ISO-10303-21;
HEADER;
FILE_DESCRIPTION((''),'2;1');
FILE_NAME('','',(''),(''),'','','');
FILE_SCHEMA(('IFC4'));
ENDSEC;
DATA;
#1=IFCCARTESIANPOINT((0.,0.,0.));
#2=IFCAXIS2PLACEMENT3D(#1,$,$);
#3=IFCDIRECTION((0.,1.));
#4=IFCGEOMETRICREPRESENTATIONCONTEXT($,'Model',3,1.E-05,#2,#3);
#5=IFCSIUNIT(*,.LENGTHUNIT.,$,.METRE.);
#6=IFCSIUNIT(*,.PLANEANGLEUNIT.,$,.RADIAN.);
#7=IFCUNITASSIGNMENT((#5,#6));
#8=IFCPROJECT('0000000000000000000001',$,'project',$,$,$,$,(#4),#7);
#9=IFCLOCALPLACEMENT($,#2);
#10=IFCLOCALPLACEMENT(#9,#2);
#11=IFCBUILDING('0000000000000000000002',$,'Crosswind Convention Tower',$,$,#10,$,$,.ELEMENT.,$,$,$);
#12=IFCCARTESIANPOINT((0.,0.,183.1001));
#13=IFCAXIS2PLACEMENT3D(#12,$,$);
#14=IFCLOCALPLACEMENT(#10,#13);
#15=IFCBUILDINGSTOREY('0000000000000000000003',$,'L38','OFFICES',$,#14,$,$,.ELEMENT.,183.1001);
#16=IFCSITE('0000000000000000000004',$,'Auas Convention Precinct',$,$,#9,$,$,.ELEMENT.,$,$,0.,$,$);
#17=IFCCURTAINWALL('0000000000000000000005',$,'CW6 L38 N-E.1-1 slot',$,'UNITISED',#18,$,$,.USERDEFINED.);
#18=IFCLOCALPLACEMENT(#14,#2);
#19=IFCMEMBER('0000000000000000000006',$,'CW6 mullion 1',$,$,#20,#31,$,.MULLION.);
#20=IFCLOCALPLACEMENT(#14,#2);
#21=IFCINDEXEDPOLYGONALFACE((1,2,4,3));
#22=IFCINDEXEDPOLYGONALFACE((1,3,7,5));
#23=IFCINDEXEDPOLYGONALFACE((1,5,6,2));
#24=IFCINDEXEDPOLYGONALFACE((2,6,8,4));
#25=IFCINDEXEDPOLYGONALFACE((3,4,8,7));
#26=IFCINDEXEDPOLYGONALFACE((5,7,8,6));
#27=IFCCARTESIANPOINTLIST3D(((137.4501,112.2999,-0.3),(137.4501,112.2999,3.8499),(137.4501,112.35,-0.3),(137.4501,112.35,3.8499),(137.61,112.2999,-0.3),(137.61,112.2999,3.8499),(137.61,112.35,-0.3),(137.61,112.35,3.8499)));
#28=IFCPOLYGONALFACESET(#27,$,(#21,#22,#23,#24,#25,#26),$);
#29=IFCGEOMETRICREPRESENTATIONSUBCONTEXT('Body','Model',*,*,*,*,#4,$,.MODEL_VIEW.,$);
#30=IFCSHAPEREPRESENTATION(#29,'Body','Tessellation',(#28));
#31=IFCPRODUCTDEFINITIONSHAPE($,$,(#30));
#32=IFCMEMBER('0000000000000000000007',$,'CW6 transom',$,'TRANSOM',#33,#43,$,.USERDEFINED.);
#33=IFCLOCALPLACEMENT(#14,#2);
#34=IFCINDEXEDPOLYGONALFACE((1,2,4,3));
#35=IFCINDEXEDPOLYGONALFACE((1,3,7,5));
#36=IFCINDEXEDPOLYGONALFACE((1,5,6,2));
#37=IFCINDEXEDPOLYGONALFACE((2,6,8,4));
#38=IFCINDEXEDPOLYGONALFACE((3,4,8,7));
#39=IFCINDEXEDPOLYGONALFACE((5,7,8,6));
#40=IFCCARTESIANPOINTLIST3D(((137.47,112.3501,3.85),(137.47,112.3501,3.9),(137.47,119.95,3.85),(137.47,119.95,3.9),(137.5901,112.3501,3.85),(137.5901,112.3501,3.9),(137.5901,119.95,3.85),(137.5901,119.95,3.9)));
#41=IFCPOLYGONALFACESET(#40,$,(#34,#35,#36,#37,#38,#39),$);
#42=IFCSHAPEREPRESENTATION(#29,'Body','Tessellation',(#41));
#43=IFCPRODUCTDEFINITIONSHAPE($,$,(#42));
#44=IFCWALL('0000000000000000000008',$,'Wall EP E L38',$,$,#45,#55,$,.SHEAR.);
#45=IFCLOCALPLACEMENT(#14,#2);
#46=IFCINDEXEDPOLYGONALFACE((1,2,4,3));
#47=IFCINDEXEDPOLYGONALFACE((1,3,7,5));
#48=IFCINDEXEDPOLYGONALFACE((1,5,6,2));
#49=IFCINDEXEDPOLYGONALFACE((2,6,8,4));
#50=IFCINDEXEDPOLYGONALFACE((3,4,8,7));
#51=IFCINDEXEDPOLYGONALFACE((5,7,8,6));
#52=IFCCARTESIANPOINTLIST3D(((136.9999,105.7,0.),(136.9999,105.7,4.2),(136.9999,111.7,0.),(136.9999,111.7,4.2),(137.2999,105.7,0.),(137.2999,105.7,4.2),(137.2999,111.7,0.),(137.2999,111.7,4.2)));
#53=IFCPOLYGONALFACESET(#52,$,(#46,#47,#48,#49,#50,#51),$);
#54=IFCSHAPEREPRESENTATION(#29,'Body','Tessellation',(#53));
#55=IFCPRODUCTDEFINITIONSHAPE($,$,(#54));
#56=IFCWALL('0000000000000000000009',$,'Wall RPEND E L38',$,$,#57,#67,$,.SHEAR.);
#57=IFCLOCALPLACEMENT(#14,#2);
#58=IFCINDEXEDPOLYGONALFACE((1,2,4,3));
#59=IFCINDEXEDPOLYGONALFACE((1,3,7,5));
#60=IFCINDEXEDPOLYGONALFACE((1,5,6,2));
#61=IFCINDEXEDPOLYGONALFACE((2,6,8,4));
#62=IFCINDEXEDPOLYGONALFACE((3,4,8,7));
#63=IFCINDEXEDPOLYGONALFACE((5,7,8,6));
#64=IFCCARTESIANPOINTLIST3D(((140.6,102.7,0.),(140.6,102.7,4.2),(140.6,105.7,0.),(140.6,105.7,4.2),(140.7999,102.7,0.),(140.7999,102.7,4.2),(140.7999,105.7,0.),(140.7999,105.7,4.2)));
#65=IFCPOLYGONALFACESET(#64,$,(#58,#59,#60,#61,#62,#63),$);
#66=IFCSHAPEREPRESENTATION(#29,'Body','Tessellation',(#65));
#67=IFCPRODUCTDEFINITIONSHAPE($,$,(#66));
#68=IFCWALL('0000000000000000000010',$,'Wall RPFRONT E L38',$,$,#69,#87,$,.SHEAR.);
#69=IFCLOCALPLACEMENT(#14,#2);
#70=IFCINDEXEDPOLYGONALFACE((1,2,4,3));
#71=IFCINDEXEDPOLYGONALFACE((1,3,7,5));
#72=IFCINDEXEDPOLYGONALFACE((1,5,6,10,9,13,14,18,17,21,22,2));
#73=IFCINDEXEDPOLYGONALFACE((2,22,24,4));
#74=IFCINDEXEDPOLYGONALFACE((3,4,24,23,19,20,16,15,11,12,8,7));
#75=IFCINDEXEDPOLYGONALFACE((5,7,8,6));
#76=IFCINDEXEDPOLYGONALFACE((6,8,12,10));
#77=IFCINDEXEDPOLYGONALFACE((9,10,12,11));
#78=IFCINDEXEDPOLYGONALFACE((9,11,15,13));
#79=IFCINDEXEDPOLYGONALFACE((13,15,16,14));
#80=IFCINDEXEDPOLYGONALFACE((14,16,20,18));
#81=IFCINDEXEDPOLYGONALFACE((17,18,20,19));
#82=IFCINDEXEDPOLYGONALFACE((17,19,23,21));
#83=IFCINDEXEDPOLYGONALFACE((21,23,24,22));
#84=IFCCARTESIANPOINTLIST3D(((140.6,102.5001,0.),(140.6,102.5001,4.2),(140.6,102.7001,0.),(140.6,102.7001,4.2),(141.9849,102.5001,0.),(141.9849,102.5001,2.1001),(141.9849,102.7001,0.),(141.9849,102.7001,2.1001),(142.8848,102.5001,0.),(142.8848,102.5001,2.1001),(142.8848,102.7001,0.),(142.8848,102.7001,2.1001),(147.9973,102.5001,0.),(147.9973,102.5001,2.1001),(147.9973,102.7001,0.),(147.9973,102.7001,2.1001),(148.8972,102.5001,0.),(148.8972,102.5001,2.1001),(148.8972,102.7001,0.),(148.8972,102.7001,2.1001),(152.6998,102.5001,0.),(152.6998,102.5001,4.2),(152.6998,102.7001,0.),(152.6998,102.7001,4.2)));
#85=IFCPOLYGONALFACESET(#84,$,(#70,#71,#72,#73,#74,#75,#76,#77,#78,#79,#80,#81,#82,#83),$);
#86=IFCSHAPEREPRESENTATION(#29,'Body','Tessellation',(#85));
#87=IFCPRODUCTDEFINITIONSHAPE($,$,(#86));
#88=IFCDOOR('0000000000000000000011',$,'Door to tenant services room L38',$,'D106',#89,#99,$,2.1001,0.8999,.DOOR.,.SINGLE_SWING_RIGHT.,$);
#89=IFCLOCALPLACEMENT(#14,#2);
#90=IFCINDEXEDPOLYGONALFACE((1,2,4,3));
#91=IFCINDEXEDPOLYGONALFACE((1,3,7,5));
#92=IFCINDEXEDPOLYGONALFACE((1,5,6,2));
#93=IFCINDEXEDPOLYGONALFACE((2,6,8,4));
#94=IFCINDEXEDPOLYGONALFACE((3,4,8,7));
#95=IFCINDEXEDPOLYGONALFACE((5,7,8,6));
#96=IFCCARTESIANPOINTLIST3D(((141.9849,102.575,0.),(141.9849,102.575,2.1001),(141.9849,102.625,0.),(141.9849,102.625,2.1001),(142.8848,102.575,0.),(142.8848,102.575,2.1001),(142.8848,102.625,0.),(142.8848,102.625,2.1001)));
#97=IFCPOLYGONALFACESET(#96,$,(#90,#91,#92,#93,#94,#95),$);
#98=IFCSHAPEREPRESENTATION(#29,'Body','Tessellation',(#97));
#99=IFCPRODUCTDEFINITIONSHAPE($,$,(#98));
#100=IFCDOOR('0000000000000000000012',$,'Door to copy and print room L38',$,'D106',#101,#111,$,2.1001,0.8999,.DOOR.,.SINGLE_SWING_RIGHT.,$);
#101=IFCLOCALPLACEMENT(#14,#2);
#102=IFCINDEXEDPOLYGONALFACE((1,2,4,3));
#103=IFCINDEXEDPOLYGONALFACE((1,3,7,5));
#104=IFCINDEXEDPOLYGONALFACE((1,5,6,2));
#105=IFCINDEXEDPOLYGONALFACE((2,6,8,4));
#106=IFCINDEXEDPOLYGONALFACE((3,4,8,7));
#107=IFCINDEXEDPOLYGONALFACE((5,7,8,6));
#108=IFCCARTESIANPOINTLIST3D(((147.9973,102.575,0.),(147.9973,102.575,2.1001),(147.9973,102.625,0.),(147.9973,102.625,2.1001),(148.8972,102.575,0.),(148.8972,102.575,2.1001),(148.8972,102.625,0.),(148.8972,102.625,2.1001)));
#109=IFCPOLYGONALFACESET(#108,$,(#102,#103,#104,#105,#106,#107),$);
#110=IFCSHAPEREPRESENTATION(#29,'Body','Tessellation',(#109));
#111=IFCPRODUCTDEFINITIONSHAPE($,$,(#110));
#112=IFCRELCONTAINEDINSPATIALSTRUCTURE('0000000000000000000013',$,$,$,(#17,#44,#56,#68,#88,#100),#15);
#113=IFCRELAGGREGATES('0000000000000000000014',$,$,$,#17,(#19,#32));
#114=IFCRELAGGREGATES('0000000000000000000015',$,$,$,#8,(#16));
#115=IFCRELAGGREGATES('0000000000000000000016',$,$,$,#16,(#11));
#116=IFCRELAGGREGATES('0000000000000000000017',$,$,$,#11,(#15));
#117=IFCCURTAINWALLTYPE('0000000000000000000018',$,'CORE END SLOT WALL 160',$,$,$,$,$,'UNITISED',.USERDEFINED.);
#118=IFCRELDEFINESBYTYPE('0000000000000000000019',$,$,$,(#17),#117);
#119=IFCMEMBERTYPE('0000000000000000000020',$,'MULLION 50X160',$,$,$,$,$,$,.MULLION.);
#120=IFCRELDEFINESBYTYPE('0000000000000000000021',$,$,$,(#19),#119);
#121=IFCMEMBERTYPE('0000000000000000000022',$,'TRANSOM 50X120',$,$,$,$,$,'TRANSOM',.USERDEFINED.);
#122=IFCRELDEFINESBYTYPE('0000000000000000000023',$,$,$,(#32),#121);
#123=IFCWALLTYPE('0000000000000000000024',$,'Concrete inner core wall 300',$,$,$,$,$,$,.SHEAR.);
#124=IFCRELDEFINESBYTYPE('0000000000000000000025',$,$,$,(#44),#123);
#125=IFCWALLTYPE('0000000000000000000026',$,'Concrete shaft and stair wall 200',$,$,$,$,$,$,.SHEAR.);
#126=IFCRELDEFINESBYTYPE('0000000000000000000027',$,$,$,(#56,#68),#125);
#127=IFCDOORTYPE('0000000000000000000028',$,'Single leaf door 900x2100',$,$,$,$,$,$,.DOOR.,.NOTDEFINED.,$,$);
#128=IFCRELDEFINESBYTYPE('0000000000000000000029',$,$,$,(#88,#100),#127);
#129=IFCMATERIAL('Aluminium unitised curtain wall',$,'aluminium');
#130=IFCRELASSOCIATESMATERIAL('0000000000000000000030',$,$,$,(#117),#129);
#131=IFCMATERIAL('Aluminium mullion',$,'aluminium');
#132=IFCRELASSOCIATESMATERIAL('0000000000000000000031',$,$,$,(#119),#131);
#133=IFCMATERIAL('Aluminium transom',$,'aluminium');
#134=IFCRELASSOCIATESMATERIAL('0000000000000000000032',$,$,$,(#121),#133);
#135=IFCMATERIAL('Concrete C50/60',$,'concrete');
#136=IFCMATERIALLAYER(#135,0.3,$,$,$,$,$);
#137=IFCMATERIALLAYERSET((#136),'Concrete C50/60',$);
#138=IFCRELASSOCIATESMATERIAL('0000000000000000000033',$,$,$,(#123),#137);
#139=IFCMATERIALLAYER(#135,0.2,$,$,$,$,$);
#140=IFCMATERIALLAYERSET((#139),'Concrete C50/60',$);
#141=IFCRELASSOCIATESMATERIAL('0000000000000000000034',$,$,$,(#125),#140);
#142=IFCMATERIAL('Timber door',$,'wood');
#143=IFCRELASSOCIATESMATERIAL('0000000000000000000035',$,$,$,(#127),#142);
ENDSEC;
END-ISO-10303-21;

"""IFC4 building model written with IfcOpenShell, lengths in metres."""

from ifc_helpers import new_model, si_unit, direction, frame, frame_2d, origin, origin_2d, place, context, subcontext, project, spatial, rectangle, extrude, material, layer, layer_set, material_profile, profile_set, type_object, element, fill, aggregate, save


model = new_model("IFC4")

# Units and contexts
model_context = context("Model", 3, precision=1e-05, world=origin(), true_north=direction((0.0, 1.0)))
body_context = subcontext(model_context, "Body", "Model", "MODEL_VIEW")
ifc_project = project(units=[si_unit("LENGTHUNIT", "METRE"), si_unit("PLANEANGLEUNIT", "RADIAN")], contexts=[model_context])

# Site, building, storey
site_placement = place(None, origin())
site = spatial("IfcSite", under=ifc_project, at=site_placement, Name="Auas Convention Precinct", CompositionType="ELEMENT", RefElevation=0.0)
building_placement = place(site_placement, origin())
building = spatial("IfcBuilding", under=site, at=building_placement, Name="Crosswind Convention Tower", CompositionType="ELEMENT")
storey_placement = place(building_placement, frame((0.0, 0.0, 183.1001)))
storey = spatial("IfcBuildingStorey", under=building, at=storey_placement, Name="L38", Description="OFFICES", CompositionType="ELEMENT", Elevation=183.1001)

# Curtain wall, members
ifc_material_1 = material(Name="Aluminium unitised curtain wall", Category="aluminium")
curtain_wall_type = type_object("IfcCurtainWallType", Name="CORE END SLOT WALL 160", ElementType="UNITISED", PredefinedType="USERDEFINED", material=ifc_material_1)
curtain_wall_placement = place(storey_placement, origin())
curtain_wall = element("IfcCurtainWall", 1, at=curtain_wall_placement, inside=storey, type_object=curtain_wall_type, Name="CW6 L38 N-E.1-1 slot", ObjectType="UNITISED", PredefinedType="USERDEFINED")
ifc_material_2 = material(Name="Aluminium mullion", Category="aluminium")
ifc_material_profile_1 = material_profile(ifc_material_2, rectangle(XDim=0.1599, YDim=0.05, at=origin_2d()), Name="AL 160X50")
ifc_profile_set_1 = profile_set([ifc_material_profile_1], Name="Aluminium mullion")
member_type_1 = type_object("IfcMemberType", Name="MULLION 50X160", PredefinedType="MULLION", material=ifc_profile_set_1)
member_1_placement = place(storey_placement, frame((137.53, 112.325, -0.3), z_axis=(0.0, 0.0, 1.0), x_axis=(1.0, 0.0, 0.0)))
member_1 = element("IfcMember", 2, at=member_1_placement, type_object=member_type_1, Name="CW6 mullion 1", PredefinedType="MULLION", context=body_context, shape_type="SweptSolid", body=[
    extrude(rectangle(XDim=0.1599, YDim=0.05, at=origin_2d()), origin(), (0.0, 0.0, 1.0), 4.1499),
])
ifc_material_3 = material(Name="Aluminium transom", Category="aluminium")
ifc_material_profile_2 = material_profile(ifc_material_3, rectangle(XDim=0.1201, YDim=0.05, at=origin_2d()), Name="AL 120X50")
ifc_profile_set_2 = profile_set([ifc_material_profile_2], Name="Aluminium transom")
member_type_2 = type_object("IfcMemberType", Name="TRANSOM 50X120", ElementType="TRANSOM", PredefinedType="USERDEFINED", material=ifc_profile_set_2)
member_2_placement = place(storey_placement, frame((137.53, 112.3501, 3.875), z_axis=(0.0, 1.0, 0.0), x_axis=(-1.0, 0.0, 0.0)))
member_2 = element("IfcMember", 3, at=member_2_placement, type_object=member_type_2, Name="CW6 transom", ObjectType="TRANSOM", PredefinedType="USERDEFINED", context=body_context, shape_type="SweptSolid", body=[
    extrude(rectangle(XDim=0.1201, YDim=0.05, at=origin_2d()), origin(), (0.0, 0.0, 1.0), 7.5999),
])
aggregate(curtain_wall, [member_1, member_2])

# Walls
ifc_material_4 = material(Name="Concrete C50/60", Category="concrete")
ifc_layer_1 = layer(ifc_material_4, 0.3)
ifc_layer_set_1 = layer_set([ifc_layer_1], Name="Concrete C50/60")
wall_type_1 = type_object("IfcWallType", Name="Concrete inner core wall 300", PredefinedType="SHEAR", material=ifc_layer_set_1)
wall_1_placement = place(storey_placement, frame((137.1499, 105.7, 0.0), z_axis=(0.0, 0.0, 1.0), x_axis=(0.0, 1.0, 0.0)))
element("IfcWall", 4, at=wall_1_placement, inside=storey, type_object=wall_type_1, Name="Wall EP E L38", PredefinedType="SHEAR", context=body_context, shape_type="SweptSolid", body=[
    extrude(rectangle(XDim=6.0, YDim=0.3, at=frame_2d((3.0, 0.0))), origin(), (0.0, 0.0, 1.0), 4.2),
])
ifc_layer_2 = layer(ifc_material_4, 0.2)
ifc_layer_set_2 = layer_set([ifc_layer_2], Name="Concrete C50/60")
wall_type_2 = type_object("IfcWallType", Name="Concrete shaft and stair wall 200", PredefinedType="SHEAR", material=ifc_layer_set_2)
wall_2_placement = place(storey_placement, frame((140.7, 102.7, 0.0), z_axis=(0.0, 0.0, 1.0), x_axis=(0.0, 1.0, 0.0)))
element("IfcWall", 5, at=wall_2_placement, inside=storey, type_object=wall_type_2, Name="Wall RPEND E L38", PredefinedType="SHEAR", context=body_context, shape_type="SweptSolid", body=[
    extrude(rectangle(XDim=3.0, YDim=0.2, at=frame_2d((1.5, 0.0))), origin(), (0.0, 0.0, 1.0), 4.2),
])

# Wall, openings, doors
wall_3_placement = place(storey_placement, frame((140.6001, 102.6001, 0.0), z_axis=(0.0, 0.0, 1.0), x_axis=(1.0, 0.0, 0.0)))
wall_3 = element("IfcWall", 6, at=wall_3_placement, inside=storey, type_object=wall_type_2, Name="Wall RPFRONT E L38", PredefinedType="SHEAR", context=body_context, shape_type="SweptSolid", body=[
    extrude(rectangle(XDim=12.0999, YDim=0.2, at=frame_2d((6.0498, 0.0))), origin(), (0.0, 0.0, 1.0), 4.2),
])
opening_1_placement = place(wall_3_placement, frame((1.3848, 0.0, 0.0)))
opening_1 = element("IfcOpeningElement", 7, at=opening_1_placement, cuts=wall_3, PredefinedType="OPENING", context=body_context, shape_type="SweptSolid", body=[
    extrude(rectangle(XDim=0.8999, YDim=2.1001, at=frame_2d((0.45, 1.05))), frame((0.0, 0.1099, 0.0), z_axis=(0.0, -1.0, 0.0), x_axis=(1.0, 0.0, 0.0)), (0.0, 0.0, 1.0), 0.22),
])
opening_2_placement = place(wall_3_placement, frame((7.3972, 0.0, 0.0)))
opening_2 = element("IfcOpeningElement", 8, at=opening_2_placement, cuts=wall_3, PredefinedType="OPENING", context=body_context, shape_type="SweptSolid", body=[
    extrude(rectangle(XDim=0.8999, YDim=2.1001, at=frame_2d((0.45, 1.05))), frame((0.0, 0.1099, 0.0), z_axis=(0.0, -1.0, 0.0), x_axis=(1.0, 0.0, 0.0)), (0.0, 0.0, 1.0), 0.22),
])
ifc_material_5 = material(Name="Timber door", Category="wood")
door_type_1 = type_object("IfcDoorType", Name="Single leaf door 900x2100", OperationType="NOTDEFINED", PredefinedType="DOOR", material=ifc_material_5)
door_1_placement = place(opening_1_placement, origin())
door_1 = element("IfcDoor", 9, at=door_1_placement, inside=storey, type_object=door_type_1, Name="Door to tenant services room L38", ObjectType="D106", OperationType="SINGLE_SWING_RIGHT", OverallHeight=2.1001, OverallWidth=0.8999, PredefinedType="DOOR", context=body_context, shape_type="SweptSolid", body=[
    extrude(rectangle(XDim=0.8999, YDim=2.1001, at=frame_2d((0.45, 1.05))), frame((0.0, 0.0249, 0.0), z_axis=(0.0, -1.0, 0.0), x_axis=(1.0, 0.0, 0.0)), (0.0, 0.0, 1.0), 0.05),
])
fill(opening_1, door_1)
door_2_placement = place(opening_2_placement, origin())
door_2 = element("IfcDoor", 10, at=door_2_placement, inside=storey, type_object=door_type_1, Name="Door to copy and print room L38", ObjectType="D106", OperationType="SINGLE_SWING_RIGHT", OverallHeight=2.1001, OverallWidth=0.8999, PredefinedType="DOOR", context=body_context, shape_type="SweptSolid", body=[
    extrude(rectangle(XDim=0.8999, YDim=2.1001, at=frame_2d((0.45, 1.05))), frame((0.0, 0.0249, 0.0), z_axis=(0.0, -1.0, 0.0), x_axis=(1.0, 0.0, 0.0)), (0.0, 0.0, 1.0), 0.05),
])
fill(opening_2, door_2)

save(model, "model.ifc")
